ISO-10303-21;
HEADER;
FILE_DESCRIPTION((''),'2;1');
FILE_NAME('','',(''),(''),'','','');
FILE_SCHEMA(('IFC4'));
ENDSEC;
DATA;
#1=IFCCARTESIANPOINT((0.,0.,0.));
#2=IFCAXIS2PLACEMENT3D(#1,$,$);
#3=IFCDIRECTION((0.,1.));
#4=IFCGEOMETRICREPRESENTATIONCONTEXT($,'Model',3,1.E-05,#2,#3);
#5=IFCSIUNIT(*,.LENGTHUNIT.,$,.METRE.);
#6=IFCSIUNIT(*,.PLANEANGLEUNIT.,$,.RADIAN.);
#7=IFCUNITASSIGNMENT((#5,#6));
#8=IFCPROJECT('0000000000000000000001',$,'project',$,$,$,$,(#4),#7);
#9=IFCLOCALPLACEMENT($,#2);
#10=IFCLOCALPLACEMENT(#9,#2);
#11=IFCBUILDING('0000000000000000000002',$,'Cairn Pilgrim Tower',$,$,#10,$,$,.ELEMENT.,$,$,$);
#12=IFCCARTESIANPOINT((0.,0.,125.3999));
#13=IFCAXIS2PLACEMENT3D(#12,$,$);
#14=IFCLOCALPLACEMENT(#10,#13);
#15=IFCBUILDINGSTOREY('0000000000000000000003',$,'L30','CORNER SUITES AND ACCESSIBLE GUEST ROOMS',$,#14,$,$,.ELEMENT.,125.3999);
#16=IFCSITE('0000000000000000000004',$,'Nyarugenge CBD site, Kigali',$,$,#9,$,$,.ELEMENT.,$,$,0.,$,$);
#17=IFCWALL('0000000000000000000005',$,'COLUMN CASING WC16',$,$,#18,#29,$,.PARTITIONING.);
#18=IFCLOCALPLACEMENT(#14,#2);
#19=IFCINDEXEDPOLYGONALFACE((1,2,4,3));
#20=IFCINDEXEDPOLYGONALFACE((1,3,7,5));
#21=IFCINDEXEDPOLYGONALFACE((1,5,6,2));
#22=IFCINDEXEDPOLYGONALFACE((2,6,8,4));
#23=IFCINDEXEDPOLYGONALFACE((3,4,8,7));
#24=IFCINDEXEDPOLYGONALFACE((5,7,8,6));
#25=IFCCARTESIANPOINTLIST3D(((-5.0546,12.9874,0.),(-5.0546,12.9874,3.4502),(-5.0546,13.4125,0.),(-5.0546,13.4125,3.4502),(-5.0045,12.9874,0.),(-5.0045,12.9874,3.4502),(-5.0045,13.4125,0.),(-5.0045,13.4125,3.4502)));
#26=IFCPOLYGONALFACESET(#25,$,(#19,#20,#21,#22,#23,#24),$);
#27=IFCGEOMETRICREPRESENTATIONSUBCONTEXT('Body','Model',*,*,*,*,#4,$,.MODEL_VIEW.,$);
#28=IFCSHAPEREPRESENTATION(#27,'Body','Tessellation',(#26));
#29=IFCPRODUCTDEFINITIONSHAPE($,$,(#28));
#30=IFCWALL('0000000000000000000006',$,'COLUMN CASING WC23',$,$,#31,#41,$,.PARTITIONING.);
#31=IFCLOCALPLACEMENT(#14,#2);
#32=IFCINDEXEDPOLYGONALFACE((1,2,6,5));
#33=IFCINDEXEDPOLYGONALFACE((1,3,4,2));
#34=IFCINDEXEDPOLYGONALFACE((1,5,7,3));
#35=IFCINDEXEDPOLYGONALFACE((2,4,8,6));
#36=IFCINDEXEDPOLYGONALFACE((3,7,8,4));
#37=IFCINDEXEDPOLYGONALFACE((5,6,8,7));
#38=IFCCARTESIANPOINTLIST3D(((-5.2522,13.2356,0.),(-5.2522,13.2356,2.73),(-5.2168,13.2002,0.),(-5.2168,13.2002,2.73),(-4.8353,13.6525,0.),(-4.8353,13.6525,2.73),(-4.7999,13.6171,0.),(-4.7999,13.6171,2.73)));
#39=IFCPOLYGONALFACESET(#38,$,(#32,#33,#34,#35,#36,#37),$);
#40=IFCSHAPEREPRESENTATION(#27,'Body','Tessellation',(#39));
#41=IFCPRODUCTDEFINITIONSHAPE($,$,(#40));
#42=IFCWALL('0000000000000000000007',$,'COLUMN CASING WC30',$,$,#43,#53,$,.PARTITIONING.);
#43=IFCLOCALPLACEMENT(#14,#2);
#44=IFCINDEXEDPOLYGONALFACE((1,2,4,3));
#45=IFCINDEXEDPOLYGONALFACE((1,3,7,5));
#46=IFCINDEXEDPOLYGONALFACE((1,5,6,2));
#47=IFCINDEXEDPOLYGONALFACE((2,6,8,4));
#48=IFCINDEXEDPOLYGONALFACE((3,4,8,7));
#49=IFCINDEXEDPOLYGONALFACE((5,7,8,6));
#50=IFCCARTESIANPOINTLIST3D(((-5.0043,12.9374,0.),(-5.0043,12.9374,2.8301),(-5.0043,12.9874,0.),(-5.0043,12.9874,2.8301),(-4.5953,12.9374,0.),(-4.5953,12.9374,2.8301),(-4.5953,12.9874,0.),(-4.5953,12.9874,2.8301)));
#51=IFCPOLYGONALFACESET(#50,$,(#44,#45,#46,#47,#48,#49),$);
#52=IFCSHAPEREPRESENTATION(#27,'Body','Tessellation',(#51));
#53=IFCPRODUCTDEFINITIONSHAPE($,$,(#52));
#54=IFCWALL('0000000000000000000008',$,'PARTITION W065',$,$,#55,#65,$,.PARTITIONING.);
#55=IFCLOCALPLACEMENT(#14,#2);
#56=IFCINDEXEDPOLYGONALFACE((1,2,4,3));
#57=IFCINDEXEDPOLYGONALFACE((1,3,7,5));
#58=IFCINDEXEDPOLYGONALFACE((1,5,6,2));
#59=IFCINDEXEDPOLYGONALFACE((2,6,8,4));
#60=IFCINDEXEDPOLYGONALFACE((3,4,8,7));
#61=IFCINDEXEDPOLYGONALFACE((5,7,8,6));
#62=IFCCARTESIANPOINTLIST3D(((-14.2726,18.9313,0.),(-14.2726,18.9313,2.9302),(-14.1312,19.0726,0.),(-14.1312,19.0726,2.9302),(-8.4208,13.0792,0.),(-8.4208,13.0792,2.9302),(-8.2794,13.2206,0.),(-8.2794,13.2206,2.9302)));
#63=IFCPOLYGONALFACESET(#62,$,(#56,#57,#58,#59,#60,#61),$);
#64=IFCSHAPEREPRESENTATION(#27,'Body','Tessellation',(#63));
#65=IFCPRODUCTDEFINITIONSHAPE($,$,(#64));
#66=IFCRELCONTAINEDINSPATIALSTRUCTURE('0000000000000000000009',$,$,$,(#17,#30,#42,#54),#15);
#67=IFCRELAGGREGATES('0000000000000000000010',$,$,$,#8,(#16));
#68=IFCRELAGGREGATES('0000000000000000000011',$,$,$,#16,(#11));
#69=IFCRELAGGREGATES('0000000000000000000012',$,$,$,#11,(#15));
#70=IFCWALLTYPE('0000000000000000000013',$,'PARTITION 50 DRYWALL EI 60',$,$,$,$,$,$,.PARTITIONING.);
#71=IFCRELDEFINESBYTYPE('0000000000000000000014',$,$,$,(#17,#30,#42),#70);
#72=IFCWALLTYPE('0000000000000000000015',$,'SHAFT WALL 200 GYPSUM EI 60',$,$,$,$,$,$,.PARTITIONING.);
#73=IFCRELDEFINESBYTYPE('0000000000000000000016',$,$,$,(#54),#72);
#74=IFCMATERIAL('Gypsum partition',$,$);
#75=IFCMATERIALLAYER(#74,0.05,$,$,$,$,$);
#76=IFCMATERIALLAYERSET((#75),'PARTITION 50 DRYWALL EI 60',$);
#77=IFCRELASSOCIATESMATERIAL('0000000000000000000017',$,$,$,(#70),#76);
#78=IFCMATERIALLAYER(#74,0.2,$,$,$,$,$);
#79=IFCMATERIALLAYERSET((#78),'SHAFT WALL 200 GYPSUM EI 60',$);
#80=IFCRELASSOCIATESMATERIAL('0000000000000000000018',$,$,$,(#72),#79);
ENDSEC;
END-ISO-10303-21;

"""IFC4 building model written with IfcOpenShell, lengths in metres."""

from ifc_helpers import new_model, si_unit, direction, frame, frame_2d, origin, place, context, subcontext, project, spatial, rectangle, extrude, material, layer, layer_set, type_object, element, save


model = new_model("IFC4")

# Units and contexts
model_context = context("Model", 3, precision=1e-05, world=origin(), true_north=direction((0.0, 1.0)))
body_context = subcontext(model_context, "Body", "Model", "MODEL_VIEW")
ifc_project = project(units=[si_unit("LENGTHUNIT", "METRE"), si_unit("PLANEANGLEUNIT", "RADIAN")], contexts=[model_context])

# Site, building, storey
site_placement = place(None, origin())
site = spatial("IfcSite", under=ifc_project, at=site_placement, Name="Nyarugenge CBD site, Kigali", CompositionType="ELEMENT", RefElevation=0.0)
building_placement = place(site_placement, origin())
building = spatial("IfcBuilding", under=site, at=building_placement, Name="Cairn Pilgrim Tower", CompositionType="ELEMENT")
storey_placement = place(building_placement, frame((0.0, 0.0, 125.3999)))
storey = spatial("IfcBuildingStorey", under=building, at=storey_placement, Name="L30", Description="CORNER SUITES AND ACCESSIBLE GUEST ROOMS", CompositionType="ELEMENT", Elevation=125.3999)

# Shared definitions
ifc_material_1 = material(Name="Gypsum partition")

# Walls
ifc_layer_1 = layer(ifc_material_1, 0.05)
ifc_layer_set_1 = layer_set([ifc_layer_1], Name="PARTITION 50 DRYWALL EI 60")
wall_type_1 = type_object("IfcWallType", Name="PARTITION 50 DRYWALL EI 60", PredefinedType="PARTITIONING", material=ifc_layer_set_1)
wall_1_placement = place(storey_placement, frame((-5.0295, 12.9875, 0.0), z_axis=(0.0, 0.0, 1.0), x_axis=(0.0, 1.0, 0.0)))
element("IfcWall", 1, at=wall_1_placement, inside=storey, type_object=wall_type_1, Name="COLUMN CASING WC16", PredefinedType="PARTITIONING", context=body_context, shape_type="SweptSolid", body=[
    extrude(rectangle(XDim=0.425, YDim=0.05, at=frame_2d((0.2124, 0.0))), origin(), (0.0, 0.0, 1.0), 3.4502),
])
wall_2_placement = place(storey_placement, frame((-5.2346, 13.2178, 0.0), z_axis=(0.0, 0.0, 1.0), x_axis=(0.707107, 0.707107, 0.0)))
element("IfcWall", 2, at=wall_2_placement, inside=storey, type_object=wall_type_1, Name="COLUMN CASING WC23", PredefinedType="PARTITIONING", context=body_context, shape_type="SweptSolid", body=[
    extrude(rectangle(XDim=0.5896, YDim=0.05, at=frame_2d((0.2949, 0.0))), origin(), (0.0, 0.0, 1.0), 2.73),
])
wall_3_placement = place(storey_placement, frame((-5.0044, 12.9624, 0.0), z_axis=(0.0, 0.0, 1.0), x_axis=(1.0, 0.0, 0.0)))
element("IfcWall", 3, at=wall_3_placement, inside=storey, type_object=wall_type_1, Name="COLUMN CASING WC30", PredefinedType="PARTITIONING", context=body_context, shape_type="SweptSolid", body=[
    extrude(rectangle(XDim=0.4089, YDim=0.05, at=frame_2d((0.2046, 0.0))), origin(), (0.0, 0.0, 1.0), 2.8301),
])
ifc_layer_2 = layer(ifc_material_1, 0.2)
ifc_layer_set_2 = layer_set([ifc_layer_2], Name="SHAFT WALL 200 GYPSUM EI 60")
wall_type_2 = type_object("IfcWallType", Name="SHAFT WALL 200 GYPSUM EI 60", PredefinedType="PARTITIONING", material=ifc_layer_set_2)
wall_4_placement = place(storey_placement, frame((-8.3501, 13.1499, 0.0), z_axis=(0.0, 0.0, 1.0), x_axis=(-0.707092, 0.707122, 0.0)))
element("IfcWall", 4, at=wall_4_placement, inside=storey, type_object=wall_type_2, Name="PARTITION W065", PredefinedType="PARTITIONING", context=body_context, shape_type="SweptSolid", body=[
    extrude(rectangle(XDim=8.2759, YDim=0.2, at=frame_2d((4.1379, 0.0))), origin(), (0.0, 0.0, 1.0), 2.9302),
])

save(model, "model.ifc")
